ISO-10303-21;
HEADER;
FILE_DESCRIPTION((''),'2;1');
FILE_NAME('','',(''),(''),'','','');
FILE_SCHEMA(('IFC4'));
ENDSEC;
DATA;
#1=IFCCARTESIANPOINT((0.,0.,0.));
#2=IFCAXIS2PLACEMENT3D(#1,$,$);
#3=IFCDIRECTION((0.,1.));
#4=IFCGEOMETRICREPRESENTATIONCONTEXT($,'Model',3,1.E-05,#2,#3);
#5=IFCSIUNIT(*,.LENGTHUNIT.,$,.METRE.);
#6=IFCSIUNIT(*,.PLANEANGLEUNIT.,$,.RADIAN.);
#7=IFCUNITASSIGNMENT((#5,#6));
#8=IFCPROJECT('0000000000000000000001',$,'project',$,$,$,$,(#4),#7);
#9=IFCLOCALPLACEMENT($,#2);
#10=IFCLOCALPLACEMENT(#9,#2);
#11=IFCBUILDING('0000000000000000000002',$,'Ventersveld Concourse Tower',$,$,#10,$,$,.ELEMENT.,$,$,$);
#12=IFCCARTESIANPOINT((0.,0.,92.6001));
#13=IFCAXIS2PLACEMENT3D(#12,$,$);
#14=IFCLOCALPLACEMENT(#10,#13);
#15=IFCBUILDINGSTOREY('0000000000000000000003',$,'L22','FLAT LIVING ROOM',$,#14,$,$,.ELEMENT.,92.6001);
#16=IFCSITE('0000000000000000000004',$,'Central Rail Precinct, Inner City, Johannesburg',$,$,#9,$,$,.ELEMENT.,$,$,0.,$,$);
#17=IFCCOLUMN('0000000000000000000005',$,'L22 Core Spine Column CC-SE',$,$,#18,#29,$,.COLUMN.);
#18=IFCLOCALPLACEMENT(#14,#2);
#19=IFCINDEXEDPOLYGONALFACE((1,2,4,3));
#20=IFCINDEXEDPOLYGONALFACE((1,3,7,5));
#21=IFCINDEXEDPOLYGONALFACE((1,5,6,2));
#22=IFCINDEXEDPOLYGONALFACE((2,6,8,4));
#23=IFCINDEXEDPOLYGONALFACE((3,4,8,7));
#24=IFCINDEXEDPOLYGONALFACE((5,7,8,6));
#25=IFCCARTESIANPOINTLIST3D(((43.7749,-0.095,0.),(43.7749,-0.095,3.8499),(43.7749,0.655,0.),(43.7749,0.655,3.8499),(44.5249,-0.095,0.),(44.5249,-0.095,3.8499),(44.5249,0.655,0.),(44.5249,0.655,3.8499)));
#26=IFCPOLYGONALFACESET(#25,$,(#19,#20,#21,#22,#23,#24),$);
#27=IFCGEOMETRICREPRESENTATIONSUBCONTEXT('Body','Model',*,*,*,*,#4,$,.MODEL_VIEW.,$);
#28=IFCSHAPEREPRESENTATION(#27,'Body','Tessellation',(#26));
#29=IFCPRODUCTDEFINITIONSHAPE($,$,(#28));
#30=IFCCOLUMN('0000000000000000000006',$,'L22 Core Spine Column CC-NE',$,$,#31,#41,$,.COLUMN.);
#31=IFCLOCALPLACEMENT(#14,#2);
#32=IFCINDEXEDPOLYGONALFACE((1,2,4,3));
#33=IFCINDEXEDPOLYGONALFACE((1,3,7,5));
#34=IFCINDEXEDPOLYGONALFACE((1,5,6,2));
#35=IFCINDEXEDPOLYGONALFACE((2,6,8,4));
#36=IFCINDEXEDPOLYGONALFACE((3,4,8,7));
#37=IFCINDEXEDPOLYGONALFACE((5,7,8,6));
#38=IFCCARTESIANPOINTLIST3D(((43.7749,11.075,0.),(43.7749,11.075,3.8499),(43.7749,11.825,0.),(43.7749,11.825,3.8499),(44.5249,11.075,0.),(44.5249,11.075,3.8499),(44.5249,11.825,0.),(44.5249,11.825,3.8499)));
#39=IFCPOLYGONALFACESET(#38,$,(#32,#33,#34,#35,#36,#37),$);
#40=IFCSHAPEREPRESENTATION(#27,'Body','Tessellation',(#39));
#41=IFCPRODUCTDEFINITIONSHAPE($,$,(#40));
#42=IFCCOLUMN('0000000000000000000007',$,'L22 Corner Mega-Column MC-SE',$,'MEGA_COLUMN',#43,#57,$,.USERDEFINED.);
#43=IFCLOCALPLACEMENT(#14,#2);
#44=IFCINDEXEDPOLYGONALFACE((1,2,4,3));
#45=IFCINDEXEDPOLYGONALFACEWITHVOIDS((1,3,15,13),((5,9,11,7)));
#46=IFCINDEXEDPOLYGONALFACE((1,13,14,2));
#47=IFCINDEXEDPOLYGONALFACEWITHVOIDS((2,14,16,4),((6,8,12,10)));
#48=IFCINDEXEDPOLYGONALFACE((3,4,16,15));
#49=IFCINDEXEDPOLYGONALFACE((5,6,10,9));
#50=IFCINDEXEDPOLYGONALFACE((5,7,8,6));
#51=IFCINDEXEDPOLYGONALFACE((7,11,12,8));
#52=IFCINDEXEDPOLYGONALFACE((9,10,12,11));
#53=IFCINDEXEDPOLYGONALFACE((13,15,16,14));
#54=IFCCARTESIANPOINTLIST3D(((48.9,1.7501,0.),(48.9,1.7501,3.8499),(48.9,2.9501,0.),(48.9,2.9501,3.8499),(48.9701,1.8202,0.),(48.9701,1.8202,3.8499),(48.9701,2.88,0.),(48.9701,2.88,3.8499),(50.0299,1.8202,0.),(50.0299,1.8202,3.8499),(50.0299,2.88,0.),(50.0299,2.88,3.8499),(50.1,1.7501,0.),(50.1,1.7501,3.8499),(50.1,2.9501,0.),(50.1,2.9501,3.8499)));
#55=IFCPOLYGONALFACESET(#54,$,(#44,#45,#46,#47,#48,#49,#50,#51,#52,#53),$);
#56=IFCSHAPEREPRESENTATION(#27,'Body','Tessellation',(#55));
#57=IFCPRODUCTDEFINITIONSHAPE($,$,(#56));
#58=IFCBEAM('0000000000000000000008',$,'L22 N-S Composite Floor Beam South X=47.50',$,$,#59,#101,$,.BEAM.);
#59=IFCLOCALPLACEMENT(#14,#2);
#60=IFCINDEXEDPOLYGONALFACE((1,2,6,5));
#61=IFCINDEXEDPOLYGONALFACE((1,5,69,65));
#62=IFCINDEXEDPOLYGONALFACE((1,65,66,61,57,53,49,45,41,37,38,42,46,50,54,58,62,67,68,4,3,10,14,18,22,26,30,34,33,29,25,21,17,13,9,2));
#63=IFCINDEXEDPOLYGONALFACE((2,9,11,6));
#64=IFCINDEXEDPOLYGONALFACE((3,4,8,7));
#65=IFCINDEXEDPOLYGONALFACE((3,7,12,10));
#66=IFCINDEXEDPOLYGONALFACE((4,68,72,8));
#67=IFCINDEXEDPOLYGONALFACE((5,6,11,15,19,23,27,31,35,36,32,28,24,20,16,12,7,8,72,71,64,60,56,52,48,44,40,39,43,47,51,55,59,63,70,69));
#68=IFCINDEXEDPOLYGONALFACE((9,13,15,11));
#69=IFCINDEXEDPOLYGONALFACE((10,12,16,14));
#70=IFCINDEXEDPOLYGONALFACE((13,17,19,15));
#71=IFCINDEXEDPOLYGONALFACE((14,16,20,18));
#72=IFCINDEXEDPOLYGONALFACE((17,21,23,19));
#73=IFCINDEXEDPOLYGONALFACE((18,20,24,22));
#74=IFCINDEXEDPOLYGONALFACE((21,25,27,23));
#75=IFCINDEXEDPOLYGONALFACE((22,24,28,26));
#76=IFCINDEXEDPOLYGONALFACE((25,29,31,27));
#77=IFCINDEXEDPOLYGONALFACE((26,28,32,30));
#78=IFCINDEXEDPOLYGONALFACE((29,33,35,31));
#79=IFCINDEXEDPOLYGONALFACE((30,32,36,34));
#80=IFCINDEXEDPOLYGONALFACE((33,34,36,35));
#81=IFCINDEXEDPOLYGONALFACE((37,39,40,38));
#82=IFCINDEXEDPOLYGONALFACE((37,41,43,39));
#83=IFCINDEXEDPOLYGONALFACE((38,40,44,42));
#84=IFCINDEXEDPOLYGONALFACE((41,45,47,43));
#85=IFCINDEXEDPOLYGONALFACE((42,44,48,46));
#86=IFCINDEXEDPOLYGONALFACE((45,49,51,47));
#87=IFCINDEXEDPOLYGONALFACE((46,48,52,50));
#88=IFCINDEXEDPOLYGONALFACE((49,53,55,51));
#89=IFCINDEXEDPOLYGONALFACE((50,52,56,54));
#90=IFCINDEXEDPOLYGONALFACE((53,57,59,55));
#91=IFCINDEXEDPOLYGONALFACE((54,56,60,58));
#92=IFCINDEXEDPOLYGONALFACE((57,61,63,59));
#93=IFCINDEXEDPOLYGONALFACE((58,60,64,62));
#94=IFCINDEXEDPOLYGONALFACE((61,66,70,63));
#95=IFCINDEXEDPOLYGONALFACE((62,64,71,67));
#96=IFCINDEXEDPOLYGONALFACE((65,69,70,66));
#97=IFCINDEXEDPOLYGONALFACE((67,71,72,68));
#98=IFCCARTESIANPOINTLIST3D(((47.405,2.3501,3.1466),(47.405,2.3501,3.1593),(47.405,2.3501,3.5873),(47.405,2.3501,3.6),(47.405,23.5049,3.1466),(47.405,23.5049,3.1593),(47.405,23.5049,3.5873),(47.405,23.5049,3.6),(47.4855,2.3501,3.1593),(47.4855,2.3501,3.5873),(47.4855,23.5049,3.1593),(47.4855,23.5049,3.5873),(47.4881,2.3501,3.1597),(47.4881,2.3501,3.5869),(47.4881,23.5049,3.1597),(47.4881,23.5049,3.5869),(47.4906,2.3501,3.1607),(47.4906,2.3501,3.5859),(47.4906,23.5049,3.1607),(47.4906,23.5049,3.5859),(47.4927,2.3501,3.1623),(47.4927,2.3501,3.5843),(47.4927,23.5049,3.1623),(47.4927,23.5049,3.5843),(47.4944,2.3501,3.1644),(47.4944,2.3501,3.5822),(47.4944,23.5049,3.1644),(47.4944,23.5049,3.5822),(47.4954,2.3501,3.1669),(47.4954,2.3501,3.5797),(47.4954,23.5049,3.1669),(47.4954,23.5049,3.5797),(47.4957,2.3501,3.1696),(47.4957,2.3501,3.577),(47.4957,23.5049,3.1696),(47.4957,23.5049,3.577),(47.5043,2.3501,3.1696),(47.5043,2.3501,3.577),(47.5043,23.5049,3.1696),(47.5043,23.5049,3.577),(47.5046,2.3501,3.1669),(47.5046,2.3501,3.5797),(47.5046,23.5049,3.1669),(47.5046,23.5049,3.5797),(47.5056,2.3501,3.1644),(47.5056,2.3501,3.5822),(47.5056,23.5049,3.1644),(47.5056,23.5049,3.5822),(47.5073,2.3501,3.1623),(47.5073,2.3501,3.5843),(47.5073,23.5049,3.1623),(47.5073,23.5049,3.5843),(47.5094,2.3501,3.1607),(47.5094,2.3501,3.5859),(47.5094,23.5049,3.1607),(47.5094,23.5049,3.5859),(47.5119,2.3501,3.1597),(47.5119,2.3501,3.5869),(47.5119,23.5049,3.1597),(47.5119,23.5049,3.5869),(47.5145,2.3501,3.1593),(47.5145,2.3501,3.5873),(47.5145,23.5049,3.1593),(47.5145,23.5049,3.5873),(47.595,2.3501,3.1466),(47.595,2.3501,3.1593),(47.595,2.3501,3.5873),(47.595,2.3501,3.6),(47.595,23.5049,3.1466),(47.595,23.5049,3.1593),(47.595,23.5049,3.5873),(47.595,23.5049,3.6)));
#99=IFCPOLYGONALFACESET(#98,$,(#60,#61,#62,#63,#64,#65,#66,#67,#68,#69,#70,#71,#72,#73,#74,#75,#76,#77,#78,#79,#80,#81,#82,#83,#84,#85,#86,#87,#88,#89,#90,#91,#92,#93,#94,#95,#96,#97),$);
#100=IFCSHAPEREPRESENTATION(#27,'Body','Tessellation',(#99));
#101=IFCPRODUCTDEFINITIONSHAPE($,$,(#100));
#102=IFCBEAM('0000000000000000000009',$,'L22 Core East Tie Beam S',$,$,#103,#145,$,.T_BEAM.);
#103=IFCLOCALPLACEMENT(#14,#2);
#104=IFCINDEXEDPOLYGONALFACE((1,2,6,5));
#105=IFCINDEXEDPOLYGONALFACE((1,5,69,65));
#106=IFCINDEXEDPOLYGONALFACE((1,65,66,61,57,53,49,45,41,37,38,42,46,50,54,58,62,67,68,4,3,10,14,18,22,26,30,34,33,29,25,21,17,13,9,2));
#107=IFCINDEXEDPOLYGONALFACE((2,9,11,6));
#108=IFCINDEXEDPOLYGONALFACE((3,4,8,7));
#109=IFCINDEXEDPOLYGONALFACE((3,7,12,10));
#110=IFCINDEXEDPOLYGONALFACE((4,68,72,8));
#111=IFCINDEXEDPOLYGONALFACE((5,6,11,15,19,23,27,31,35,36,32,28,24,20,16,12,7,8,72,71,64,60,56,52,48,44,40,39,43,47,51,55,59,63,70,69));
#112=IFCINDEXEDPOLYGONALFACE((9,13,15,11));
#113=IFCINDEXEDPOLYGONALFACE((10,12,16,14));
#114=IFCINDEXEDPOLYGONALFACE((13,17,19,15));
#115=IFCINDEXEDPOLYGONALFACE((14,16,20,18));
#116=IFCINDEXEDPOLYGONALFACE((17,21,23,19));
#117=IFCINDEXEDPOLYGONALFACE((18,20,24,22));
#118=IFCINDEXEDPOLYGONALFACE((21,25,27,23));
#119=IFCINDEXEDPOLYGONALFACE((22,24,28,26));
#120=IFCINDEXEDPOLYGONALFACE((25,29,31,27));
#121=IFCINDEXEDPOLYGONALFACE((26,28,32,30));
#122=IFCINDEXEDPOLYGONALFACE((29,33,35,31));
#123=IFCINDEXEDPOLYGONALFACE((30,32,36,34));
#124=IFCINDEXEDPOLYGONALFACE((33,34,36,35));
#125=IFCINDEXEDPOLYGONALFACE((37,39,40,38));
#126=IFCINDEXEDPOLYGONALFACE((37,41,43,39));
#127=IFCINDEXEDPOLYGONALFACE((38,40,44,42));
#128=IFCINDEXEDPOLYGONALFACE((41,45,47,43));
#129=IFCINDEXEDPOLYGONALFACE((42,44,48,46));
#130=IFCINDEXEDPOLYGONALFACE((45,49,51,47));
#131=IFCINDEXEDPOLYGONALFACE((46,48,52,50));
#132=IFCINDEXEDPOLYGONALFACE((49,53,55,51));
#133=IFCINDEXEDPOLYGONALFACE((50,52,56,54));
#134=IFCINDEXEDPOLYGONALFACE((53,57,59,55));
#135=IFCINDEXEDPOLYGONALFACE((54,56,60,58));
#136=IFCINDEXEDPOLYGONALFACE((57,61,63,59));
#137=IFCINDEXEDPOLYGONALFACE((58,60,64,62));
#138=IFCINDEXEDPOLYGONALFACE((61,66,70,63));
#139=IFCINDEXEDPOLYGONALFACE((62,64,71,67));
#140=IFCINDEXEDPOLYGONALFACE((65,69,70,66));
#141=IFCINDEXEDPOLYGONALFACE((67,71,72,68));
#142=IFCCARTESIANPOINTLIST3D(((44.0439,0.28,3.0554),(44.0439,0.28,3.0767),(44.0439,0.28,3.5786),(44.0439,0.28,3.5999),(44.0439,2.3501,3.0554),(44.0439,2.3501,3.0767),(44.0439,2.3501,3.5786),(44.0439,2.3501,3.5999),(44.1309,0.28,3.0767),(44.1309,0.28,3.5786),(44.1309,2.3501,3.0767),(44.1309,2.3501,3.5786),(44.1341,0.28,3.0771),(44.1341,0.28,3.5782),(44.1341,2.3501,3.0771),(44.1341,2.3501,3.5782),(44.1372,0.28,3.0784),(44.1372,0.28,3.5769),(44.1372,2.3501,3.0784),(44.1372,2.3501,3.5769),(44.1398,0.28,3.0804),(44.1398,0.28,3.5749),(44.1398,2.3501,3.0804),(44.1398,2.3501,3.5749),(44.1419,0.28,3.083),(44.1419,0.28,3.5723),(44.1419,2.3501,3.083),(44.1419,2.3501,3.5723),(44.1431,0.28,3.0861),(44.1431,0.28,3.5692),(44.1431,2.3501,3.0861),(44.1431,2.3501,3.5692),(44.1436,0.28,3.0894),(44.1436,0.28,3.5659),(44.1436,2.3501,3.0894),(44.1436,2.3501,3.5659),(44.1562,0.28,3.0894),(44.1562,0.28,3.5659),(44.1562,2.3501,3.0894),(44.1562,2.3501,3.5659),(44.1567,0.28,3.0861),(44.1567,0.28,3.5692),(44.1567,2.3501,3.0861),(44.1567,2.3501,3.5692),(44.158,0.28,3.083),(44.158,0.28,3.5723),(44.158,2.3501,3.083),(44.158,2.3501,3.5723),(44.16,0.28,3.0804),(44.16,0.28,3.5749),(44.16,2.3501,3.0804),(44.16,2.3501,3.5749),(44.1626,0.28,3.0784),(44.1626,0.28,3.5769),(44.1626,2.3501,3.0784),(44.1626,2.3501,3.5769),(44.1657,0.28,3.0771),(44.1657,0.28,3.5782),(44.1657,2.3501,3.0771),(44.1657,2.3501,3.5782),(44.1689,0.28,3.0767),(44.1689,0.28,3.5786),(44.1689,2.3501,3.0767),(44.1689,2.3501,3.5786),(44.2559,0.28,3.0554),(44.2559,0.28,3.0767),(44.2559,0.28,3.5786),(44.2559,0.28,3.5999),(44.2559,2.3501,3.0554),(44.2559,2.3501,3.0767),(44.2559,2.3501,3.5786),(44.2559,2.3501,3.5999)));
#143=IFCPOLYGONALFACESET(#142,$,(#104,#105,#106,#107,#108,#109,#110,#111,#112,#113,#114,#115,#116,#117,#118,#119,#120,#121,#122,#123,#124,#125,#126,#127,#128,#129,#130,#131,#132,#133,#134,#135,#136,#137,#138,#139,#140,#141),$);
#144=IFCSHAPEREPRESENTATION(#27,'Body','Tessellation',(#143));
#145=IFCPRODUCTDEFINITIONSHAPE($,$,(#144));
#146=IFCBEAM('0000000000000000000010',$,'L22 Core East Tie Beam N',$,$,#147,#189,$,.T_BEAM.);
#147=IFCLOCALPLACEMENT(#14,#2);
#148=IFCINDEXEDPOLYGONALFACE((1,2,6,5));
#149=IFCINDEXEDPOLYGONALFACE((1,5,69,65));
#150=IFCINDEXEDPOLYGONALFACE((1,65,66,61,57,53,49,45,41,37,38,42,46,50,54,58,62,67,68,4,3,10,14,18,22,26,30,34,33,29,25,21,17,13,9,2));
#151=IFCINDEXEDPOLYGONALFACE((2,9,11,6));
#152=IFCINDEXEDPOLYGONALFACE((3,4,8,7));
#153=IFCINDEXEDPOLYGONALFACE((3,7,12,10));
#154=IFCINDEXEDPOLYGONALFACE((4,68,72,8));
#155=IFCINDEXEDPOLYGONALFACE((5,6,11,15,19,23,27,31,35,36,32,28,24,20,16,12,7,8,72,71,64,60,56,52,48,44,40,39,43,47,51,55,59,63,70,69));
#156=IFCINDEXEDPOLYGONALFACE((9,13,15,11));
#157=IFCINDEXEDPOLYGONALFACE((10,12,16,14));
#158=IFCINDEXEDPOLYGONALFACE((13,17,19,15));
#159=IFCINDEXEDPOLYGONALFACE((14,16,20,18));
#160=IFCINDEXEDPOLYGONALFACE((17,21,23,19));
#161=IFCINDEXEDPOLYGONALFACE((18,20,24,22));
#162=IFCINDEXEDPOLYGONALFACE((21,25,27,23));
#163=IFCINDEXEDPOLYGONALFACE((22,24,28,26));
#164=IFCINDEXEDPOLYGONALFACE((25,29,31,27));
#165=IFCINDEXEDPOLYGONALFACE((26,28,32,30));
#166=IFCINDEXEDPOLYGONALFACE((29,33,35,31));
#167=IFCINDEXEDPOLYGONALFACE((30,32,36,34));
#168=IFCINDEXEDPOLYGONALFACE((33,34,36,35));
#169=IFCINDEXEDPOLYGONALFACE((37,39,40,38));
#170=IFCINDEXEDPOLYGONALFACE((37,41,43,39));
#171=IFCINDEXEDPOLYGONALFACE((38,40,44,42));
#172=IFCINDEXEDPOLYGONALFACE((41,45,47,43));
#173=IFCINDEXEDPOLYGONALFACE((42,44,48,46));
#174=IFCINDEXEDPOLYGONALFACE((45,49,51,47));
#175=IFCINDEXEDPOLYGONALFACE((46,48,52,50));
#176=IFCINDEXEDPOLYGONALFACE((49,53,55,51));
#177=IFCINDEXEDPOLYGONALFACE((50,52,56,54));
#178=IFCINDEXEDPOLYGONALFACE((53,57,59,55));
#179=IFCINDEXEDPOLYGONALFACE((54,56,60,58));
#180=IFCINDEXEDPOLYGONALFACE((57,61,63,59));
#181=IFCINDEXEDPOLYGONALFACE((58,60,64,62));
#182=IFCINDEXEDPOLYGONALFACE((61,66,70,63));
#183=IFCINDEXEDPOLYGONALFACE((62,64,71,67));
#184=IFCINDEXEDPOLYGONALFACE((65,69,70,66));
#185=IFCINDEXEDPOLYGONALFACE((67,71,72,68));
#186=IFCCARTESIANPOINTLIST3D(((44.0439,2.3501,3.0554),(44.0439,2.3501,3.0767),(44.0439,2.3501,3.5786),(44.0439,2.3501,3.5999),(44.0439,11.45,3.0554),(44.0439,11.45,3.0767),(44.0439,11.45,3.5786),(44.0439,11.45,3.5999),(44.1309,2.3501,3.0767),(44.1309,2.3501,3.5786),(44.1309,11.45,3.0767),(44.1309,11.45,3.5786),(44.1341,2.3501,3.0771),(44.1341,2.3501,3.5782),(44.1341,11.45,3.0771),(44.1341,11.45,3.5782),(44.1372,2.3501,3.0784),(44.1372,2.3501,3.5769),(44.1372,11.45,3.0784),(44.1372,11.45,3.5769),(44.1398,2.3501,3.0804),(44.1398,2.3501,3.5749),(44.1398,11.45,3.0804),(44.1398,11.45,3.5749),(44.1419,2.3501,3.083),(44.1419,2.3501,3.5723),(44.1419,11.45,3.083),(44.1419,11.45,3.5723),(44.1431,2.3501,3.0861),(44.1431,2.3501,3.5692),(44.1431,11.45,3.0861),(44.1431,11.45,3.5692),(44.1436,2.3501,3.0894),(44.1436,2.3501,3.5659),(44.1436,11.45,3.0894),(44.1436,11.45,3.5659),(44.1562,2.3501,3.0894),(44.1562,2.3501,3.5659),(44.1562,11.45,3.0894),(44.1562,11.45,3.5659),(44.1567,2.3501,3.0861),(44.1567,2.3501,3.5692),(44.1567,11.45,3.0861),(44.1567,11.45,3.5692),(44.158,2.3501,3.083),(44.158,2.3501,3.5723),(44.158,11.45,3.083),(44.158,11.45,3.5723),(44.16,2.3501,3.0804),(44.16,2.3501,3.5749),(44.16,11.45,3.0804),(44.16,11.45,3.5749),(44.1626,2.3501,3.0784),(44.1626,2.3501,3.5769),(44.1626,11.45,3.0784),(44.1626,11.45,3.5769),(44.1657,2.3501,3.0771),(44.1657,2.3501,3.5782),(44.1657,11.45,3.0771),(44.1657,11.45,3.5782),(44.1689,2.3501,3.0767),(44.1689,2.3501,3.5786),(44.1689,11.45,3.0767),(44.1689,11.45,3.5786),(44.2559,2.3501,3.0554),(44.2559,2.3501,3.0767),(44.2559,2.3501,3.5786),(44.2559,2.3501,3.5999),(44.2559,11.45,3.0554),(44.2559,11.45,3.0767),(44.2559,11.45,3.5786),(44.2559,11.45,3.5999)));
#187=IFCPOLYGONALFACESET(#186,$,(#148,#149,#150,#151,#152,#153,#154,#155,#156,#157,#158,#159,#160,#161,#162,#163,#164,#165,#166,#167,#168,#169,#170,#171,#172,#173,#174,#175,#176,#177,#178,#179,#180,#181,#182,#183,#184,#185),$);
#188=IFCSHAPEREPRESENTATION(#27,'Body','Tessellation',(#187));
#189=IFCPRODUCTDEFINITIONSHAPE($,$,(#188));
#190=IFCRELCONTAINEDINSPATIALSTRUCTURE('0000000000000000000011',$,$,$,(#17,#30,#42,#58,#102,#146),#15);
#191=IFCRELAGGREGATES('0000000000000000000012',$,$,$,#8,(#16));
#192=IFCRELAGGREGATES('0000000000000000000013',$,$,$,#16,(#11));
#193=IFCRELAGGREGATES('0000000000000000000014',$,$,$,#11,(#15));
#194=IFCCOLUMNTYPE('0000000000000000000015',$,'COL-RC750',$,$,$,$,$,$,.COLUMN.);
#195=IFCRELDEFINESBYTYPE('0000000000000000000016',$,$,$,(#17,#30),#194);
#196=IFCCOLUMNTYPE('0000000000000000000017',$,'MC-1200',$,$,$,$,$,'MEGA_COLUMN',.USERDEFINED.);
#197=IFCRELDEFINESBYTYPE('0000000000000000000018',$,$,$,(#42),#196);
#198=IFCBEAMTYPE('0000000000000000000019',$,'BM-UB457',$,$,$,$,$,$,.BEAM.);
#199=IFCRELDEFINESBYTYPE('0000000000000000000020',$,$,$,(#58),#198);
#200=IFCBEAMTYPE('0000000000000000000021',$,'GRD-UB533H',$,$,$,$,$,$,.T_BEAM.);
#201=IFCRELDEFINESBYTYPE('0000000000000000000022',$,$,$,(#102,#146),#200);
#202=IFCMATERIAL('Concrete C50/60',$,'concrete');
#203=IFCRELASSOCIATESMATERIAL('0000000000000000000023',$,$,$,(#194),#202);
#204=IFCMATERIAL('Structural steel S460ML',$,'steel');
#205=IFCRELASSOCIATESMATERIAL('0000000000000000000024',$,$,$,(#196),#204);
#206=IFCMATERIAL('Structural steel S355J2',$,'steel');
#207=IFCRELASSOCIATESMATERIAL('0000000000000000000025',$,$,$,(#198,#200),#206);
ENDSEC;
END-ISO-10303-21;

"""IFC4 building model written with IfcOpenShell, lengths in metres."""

from ifc_helpers import new_model, si_unit, direction, frame, origin, origin_2d, place, context, subcontext, project, spatial, rectangle, hollow_rectangle, i_section, extrude, material, material_profile, profile_set, type_object, element, save


model = new_model("IFC4")

# Units and contexts
model_context = context("Model", 3, precision=1e-05, world=origin(), true_north=direction((0.0, 1.0)))
body_context = subcontext(model_context, "Body", "Model", "MODEL_VIEW")
ifc_project = project(units=[si_unit("LENGTHUNIT", "METRE"), si_unit("PLANEANGLEUNIT", "RADIAN")], contexts=[model_context])

# Site, building, storey
site_placement = place(None, origin())
site = spatial("IfcSite", under=ifc_project, at=site_placement, Name="Central Rail Precinct, Inner City, Johannesburg", CompositionType="ELEMENT", RefElevation=0.0)
building_placement = place(site_placement, origin())
building = spatial("IfcBuilding", under=site, at=building_placement, Name="Ventersveld Concourse Tower", CompositionType="ELEMENT")
storey_placement = place(building_placement, frame((0.0, 0.0, 92.6001)))
storey = spatial("IfcBuildingStorey", under=building, at=storey_placement, Name="L22", Description="FLAT LIVING ROOM", CompositionType="ELEMENT", Elevation=92.6001)

# Columns
ifc_material_1 = material(Name="Concrete C50/60", Category="concrete")
ifc_material_profile_1 = material_profile(ifc_material_1, rectangle(XDim=0.75, YDim=0.75, at=origin_2d()), Name="RC 750x750")
ifc_profile_set_1 = profile_set([ifc_material_profile_1], Name="Concrete C50/60")
column_type_1 = type_object("IfcColumnType", Name="COL-RC750", PredefinedType="COLUMN", material=ifc_profile_set_1)
for number, where, z_axis, x_axis, name in (
    (1, (44.1499, 0.28, 0.0), (0.0, 0.0, 1.0), (1.0, 0.0, 0.0), "L22 Core Spine Column CC-SE"),
    (2, (44.1499, 11.45, 0.0), (0.0, 0.0, 1.0), (1.0, 0.0, 0.0), "L22 Core Spine Column CC-NE"),
):
    element("IfcColumn", number, at=place(storey_placement, frame(where, z_axis=z_axis, x_axis=x_axis)), inside=storey, type_object=column_type_1, Name=name, PredefinedType="COLUMN", context=body_context, shape_type="SweptSolid", body=[
        extrude(rectangle(XDim=0.75, YDim=0.75, at=origin_2d()), origin(), (0.0, 0.0, 1.0), 3.8499),
    ])
ifc_material_2 = material(Name="Structural steel S460ML", Category="steel")
ifc_material_profile_2 = material_profile(ifc_material_2, hollow_rectangle(XDim=1.2, YDim=1.2, WallThickness=0.0701, at=origin_2d()), Name="BOX 1200x1200x70")
ifc_profile_set_2 = profile_set([ifc_material_profile_2], Name="Structural steel S460ML")
column_type_2 = type_object("IfcColumnType", Name="MC-1200", ElementType="MEGA_COLUMN", PredefinedType="USERDEFINED", material=ifc_profile_set_2)
column_placement = place(storey_placement, frame((49.5, 2.3501, 0.0), z_axis=(0.0, 0.0, 1.0), x_axis=(1.0, 0.0, 0.0)))
element("IfcColumn", 3, at=column_placement, inside=storey, type_object=column_type_2, Name="L22 Corner Mega-Column MC-SE", ObjectType="MEGA_COLUMN", PredefinedType="USERDEFINED", context=body_context, shape_type="SweptSolid", body=[
    extrude(hollow_rectangle(XDim=1.2, YDim=1.2, WallThickness=0.0701, at=origin_2d()), origin(), (0.0, 0.0, 1.0), 3.8499),
])

# Beams
ifc_material_3 = material(Name="Structural steel S355J2", Category="steel")
ifc_material_profile_3 = material_profile(ifc_material_3, i_section(OverallWidth=0.1899, OverallDepth=0.4534, WebThickness=0.0085, FlangeThickness=0.0127, FilletRadius=0.0103, at=origin_2d()), Name="UB 457x191x67")
ifc_profile_set_3 = profile_set([ifc_material_profile_3], Name="Structural steel S355J2")
beam_type_1 = type_object("IfcBeamType", Name="BM-UB457", PredefinedType="BEAM", material=ifc_profile_set_3)
beam_1_placement = place(storey_placement, frame((47.5, 2.3501, 3.3733), z_axis=(0.0, 1.0, 0.0), x_axis=(-1.0, 0.0, 0.0)))
element("IfcBeam", 4, at=beam_1_placement, inside=storey, type_object=beam_type_1, Name="L22 N-S Composite Floor Beam South X=47.50", PredefinedType="BEAM", context=body_context, shape_type="SweptSolid", body=[
    extrude(i_section(OverallWidth=0.1899, OverallDepth=0.4534, WebThickness=0.0085, FlangeThickness=0.0127, FilletRadius=0.0103, at=origin_2d()), origin(), (0.0, 0.0, 1.0), 21.1548),
])
ifc_material_profile_4 = material_profile(ifc_material_3, i_section(OverallWidth=0.2119, OverallDepth=0.5444, WebThickness=0.0127, FlangeThickness=0.0212, FilletRadius=0.0127, at=origin_2d()), Name="UB 533x210x122")
ifc_profile_set_4 = profile_set([ifc_material_profile_4], Name="Structural steel S355J2")
beam_type_2 = type_object("IfcBeamType", Name="GRD-UB533H", PredefinedType="T_BEAM", material=ifc_profile_set_4)
beam_2_placement = place(storey_placement, frame((44.1499, 0.28, 3.3276), z_axis=(0.0, 1.0, 0.0), x_axis=(-1.0, 0.0, 0.0)))
element("IfcBeam", 5, at=beam_2_placement, inside=storey, type_object=beam_type_2, Name="L22 Core East Tie Beam S", PredefinedType="T_BEAM", context=body_context, shape_type="SweptSolid", body=[
    extrude(i_section(OverallWidth=0.2119, OverallDepth=0.5444, WebThickness=0.0127, FlangeThickness=0.0212, FilletRadius=0.0127, at=origin_2d()), origin(), (0.0, 0.0, 1.0), 2.0701),
])
beam_3_placement = place(storey_placement, frame((44.1499, 2.3501, 3.3276), z_axis=(0.0, 1.0, 0.0), x_axis=(-1.0, 0.0, 0.0)))
element("IfcBeam", 6, at=beam_3_placement, inside=storey, type_object=beam_type_2, Name="L22 Core East Tie Beam N", PredefinedType="T_BEAM", context=body_context, shape_type="SweptSolid", body=[
    extrude(i_section(OverallWidth=0.2119, OverallDepth=0.5444, WebThickness=0.0127, FlangeThickness=0.0212, FilletRadius=0.0127, at=origin_2d()), origin(), (0.0, 0.0, 1.0), 9.0999),
])

save(model, "model.ifc")
